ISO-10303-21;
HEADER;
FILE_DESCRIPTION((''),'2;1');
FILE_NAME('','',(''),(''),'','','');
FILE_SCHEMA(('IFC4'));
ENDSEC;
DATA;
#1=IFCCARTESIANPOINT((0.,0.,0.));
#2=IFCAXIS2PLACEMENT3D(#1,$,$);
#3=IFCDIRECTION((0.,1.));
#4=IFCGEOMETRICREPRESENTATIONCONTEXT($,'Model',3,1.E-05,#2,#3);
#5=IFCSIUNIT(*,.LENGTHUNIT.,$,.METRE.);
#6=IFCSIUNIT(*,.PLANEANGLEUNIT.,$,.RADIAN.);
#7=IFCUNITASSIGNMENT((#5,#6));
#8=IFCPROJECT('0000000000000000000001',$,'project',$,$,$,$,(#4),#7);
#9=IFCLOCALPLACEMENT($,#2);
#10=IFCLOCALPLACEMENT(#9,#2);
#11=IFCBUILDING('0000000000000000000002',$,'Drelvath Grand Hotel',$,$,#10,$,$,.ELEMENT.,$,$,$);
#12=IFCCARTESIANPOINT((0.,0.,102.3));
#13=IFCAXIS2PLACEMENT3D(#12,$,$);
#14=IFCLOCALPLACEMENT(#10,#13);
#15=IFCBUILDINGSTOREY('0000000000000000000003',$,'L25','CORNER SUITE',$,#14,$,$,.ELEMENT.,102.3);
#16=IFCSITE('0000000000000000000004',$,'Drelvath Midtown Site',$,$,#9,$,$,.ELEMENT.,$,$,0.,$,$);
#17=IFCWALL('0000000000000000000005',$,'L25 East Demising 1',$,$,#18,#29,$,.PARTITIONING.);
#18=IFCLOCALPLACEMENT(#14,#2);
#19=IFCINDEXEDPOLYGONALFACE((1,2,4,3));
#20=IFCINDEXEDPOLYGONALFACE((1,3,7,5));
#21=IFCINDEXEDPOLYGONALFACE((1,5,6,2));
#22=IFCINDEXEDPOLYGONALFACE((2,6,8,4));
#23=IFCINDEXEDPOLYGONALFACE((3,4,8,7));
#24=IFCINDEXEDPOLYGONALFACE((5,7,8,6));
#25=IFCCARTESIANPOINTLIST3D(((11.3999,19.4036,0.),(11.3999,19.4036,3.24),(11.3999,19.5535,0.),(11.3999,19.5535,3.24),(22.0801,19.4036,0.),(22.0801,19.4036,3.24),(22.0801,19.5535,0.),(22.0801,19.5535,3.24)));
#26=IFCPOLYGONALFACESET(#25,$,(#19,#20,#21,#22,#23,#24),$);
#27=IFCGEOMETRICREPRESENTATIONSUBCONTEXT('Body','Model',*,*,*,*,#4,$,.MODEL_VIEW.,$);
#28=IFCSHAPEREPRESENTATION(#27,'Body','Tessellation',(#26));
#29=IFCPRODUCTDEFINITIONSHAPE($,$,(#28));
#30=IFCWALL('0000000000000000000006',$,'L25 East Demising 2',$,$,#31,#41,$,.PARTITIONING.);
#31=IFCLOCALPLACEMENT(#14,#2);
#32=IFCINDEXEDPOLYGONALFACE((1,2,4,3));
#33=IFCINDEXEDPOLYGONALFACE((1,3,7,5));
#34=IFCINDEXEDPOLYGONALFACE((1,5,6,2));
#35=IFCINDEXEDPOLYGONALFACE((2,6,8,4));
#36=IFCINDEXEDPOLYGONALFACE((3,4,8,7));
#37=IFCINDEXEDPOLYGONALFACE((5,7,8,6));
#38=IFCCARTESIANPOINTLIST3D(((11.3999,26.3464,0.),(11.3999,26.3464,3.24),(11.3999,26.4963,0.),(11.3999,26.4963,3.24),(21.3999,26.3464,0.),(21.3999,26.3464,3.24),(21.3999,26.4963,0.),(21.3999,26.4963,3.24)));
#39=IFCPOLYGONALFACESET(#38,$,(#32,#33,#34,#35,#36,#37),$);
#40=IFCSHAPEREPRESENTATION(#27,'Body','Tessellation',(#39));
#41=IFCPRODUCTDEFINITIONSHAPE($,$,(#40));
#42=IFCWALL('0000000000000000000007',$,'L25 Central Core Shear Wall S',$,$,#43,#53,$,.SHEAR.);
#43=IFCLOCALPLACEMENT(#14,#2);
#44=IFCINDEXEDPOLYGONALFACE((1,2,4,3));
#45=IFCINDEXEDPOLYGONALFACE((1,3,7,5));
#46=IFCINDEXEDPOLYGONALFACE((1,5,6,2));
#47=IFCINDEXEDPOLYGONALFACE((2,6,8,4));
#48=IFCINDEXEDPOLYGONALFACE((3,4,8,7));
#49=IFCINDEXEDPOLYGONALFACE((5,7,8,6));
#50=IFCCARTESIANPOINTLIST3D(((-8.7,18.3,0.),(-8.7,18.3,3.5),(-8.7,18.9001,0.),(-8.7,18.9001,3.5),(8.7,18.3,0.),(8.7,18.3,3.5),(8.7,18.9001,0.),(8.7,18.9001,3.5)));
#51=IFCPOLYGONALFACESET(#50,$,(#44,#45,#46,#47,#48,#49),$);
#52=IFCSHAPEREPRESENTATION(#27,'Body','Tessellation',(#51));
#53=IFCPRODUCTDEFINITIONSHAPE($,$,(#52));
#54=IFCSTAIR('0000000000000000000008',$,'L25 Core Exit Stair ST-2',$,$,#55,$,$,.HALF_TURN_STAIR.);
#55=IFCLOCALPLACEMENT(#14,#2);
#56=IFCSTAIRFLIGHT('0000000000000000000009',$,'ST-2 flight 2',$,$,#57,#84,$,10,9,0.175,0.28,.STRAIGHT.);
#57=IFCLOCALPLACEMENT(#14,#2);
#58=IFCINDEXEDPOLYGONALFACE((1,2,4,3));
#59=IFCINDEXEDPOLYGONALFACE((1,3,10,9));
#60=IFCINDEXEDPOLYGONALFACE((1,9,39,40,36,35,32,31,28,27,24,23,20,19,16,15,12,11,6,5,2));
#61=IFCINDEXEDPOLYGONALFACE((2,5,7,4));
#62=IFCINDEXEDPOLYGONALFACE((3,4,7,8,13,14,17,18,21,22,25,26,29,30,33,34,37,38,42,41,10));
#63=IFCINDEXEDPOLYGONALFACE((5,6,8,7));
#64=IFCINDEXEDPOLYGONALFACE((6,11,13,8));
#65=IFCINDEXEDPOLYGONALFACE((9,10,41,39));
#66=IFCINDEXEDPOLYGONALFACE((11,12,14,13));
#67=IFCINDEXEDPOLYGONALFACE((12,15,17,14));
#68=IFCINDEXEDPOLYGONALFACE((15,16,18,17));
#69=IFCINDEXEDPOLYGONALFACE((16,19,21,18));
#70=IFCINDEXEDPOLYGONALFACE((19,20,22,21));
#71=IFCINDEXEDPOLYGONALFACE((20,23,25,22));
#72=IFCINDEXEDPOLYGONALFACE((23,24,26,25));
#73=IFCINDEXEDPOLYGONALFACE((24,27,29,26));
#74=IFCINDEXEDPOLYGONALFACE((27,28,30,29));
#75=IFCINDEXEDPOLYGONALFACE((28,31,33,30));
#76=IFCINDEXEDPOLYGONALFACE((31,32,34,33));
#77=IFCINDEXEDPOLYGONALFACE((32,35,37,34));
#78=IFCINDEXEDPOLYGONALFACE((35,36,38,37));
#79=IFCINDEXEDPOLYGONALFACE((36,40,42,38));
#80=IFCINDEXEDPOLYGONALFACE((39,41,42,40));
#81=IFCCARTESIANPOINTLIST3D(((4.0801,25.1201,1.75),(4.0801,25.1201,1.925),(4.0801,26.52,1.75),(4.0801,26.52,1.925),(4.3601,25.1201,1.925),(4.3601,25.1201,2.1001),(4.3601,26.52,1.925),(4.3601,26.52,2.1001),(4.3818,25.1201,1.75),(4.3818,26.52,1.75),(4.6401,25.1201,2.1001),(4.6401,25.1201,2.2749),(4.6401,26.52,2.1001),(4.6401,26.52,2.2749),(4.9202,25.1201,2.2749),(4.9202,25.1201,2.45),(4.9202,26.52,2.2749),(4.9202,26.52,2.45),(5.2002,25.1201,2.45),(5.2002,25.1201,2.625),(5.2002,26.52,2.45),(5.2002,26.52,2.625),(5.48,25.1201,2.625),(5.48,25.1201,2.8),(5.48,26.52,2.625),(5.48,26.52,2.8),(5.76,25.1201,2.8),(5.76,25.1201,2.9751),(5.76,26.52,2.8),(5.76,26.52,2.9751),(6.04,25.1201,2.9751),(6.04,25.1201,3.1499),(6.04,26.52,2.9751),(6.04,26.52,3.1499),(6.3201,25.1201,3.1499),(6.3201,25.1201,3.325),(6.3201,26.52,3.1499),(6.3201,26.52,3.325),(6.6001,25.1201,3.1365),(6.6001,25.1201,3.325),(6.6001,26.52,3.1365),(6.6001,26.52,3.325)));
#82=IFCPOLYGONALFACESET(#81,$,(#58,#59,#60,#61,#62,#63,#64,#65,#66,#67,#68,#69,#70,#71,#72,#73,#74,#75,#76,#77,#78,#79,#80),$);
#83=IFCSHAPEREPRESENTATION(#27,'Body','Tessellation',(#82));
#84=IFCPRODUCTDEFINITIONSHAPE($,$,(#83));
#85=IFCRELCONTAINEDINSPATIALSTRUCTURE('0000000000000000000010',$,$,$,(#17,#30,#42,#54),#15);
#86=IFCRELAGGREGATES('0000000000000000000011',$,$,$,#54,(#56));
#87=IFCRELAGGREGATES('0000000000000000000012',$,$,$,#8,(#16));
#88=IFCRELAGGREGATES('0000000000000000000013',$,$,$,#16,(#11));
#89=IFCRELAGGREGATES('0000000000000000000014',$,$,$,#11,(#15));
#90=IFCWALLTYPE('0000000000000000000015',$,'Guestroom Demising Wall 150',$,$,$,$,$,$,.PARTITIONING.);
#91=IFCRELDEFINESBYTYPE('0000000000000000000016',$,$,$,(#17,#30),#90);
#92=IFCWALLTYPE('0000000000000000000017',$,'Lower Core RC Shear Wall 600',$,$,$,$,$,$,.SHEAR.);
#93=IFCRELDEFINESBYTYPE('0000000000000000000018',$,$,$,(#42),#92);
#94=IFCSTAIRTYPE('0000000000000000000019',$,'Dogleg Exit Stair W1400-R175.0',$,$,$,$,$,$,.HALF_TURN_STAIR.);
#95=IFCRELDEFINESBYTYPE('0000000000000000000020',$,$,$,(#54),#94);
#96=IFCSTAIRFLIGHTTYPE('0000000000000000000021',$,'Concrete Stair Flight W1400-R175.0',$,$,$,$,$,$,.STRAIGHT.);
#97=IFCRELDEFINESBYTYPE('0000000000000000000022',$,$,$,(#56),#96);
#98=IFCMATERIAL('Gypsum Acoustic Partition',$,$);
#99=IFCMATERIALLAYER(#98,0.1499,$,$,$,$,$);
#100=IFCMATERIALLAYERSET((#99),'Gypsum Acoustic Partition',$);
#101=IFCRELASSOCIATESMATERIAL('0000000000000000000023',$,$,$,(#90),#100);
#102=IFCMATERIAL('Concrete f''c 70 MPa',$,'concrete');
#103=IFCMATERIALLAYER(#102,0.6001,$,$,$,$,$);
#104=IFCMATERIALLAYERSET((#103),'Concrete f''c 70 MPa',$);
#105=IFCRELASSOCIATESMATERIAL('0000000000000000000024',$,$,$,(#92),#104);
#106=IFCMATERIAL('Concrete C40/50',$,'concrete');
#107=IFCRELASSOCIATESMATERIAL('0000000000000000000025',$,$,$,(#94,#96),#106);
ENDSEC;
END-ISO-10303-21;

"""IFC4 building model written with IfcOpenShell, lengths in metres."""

from ifc_helpers import new_model, si_unit, direction, frame, frame_2d, origin, place, context, subcontext, project, spatial, polyline, rectangle, outline, extrude, material, layer, layer_set, type_object, element, aggregate, save


model = new_model("IFC4")

# Units and contexts
model_context = context("Model", 3, precision=1e-05, world=origin(), true_north=direction((0.0, 1.0)))
body_context = subcontext(model_context, "Body", "Model", "MODEL_VIEW")
ifc_project = project(units=[si_unit("LENGTHUNIT", "METRE"), si_unit("PLANEANGLEUNIT", "RADIAN")], contexts=[model_context])

# Site, building, storey
site_placement = place(None, origin())
site = spatial("IfcSite", under=ifc_project, at=site_placement, Name="Drelvath Midtown Site", CompositionType="ELEMENT", RefElevation=0.0)
building_placement = place(site_placement, origin())
building = spatial("IfcBuilding", under=site, at=building_placement, Name="Drelvath Grand Hotel", CompositionType="ELEMENT")
storey_placement = place(building_placement, frame((0.0, 0.0, 102.3)))
storey = spatial("IfcBuildingStorey", under=building, at=storey_placement, Name="L25", Description="CORNER SUITE", CompositionType="ELEMENT", Elevation=102.3)

# Shared definitions
ifc_material_1 = material(Name="Concrete f'c 70 MPa", Category="concrete")

# Shared definitions
ifc_material_2 = material(Name="Concrete C40/50", Category="concrete")

# Walls
ifc_material_3 = material(Name="Gypsum Acoustic Partition")
ifc_layer_1 = layer(ifc_material_3, 0.1499)
ifc_layer_set_1 = layer_set([ifc_layer_1], Name="Gypsum Acoustic Partition")
wall_type_1 = type_object("IfcWallType", Name="Guestroom Demising Wall 150", PredefinedType="PARTITIONING", material=ifc_layer_set_1)
wall_1_placement = place(storey_placement, frame((11.3999, 19.4785, 0.0), z_axis=(0.0, 0.0, 1.0), x_axis=(1.0, 0.0, 0.0)))
element("IfcWall", 1, at=wall_1_placement, inside=storey, type_object=wall_type_1, Name="L25 East Demising 1", PredefinedType="PARTITIONING", context=body_context, shape_type="SweptSolid", body=[
    extrude(rectangle(XDim=10.6802, YDim=0.1499, at=frame_2d((5.3401, 0.0))), origin(), (0.0, 0.0, 1.0), 3.24),
])
wall_2_placement = place(storey_placement, frame((11.3999, 26.4214, 0.0), z_axis=(0.0, 0.0, 1.0), x_axis=(1.0, 0.0, 0.0)))
element("IfcWall", 2, at=wall_2_placement, inside=storey, type_object=wall_type_1, Name="L25 East Demising 2", PredefinedType="PARTITIONING", context=body_context, shape_type="SweptSolid", body=[
    extrude(rectangle(XDim=10.0, YDim=0.1499, at=frame_2d((5.0, 0.0))), origin(), (0.0, 0.0, 1.0), 3.24),
])
ifc_layer_2 = layer(ifc_material_1, 0.6001)
ifc_layer_set_2 = layer_set([ifc_layer_2], Name="Concrete f'c 70 MPa")
wall_type_2 = type_object("IfcWallType", Name="Lower Core RC Shear Wall 600", PredefinedType="SHEAR", material=ifc_layer_set_2)
wall_3_placement = place(storey_placement, frame((8.7, 18.6001, 0.0), z_axis=(0.0, 0.0, 1.0), x_axis=(-1.0, 0.0, 0.0)))
element("IfcWall", 3, at=wall_3_placement, inside=storey, type_object=wall_type_2, Name="L25 Central Core Shear Wall S", PredefinedType="SHEAR", context=body_context, shape_type="SweptSolid", body=[
    extrude(rectangle(XDim=17.3999, YDim=0.6001, at=frame_2d((8.7, 0.0))), origin(), (0.0, 0.0, 1.0), 3.5),
])

# Stair, stair flight
stair_type = type_object("IfcStairType", Name="Dogleg Exit Stair W1400-R175.0", PredefinedType="HALF_TURN_STAIR", material=ifc_material_2)
stair_placement = place(storey_placement, origin())
stair = element("IfcStair", 4, at=stair_placement, inside=storey, type_object=stair_type, Name="L25 Core Exit Stair ST-2", PredefinedType="HALF_TURN_STAIR")
stair_flight_type = type_object("IfcStairFlightType", Name="Concrete Stair Flight W1400-R175.0", PredefinedType="STRAIGHT", material=ifc_material_2)
stair_flight_placement = place(storey_placement, frame((4.0801, 25.8201, 1.75), z_axis=(0.0, 0.0, 1.0), x_axis=(1.0, 0.0, 0.0)))
stair_flight = element("IfcStairFlight", 5, at=stair_flight_placement, type_object=stair_flight_type, Name="ST-2 flight 2", NumberOfRisers=10, NumberOfTreads=9, PredefinedType="STRAIGHT", RiserHeight=0.175, TreadLength=0.28, context=body_context, shape_type="SweptSolid", body=[
    extrude(outline(polyline([(0.0, 0.0), (0.0, 0.175), (0.28, 0.175), (0.28, 0.3501), (0.5601, 0.3501), (0.5601, 0.5249), (0.8401, 0.5249), (0.8401, 0.7), (1.1201, 0.7), (1.1201, 0.875), (1.3999, 0.875), (1.3999, 1.05), (1.6799, 1.05), (1.6799, 1.2251), (1.96, 1.2251), (1.96, 1.3999), (2.24, 1.3999), (2.24, 1.575), (2.52, 1.575), (2.52, 1.75), (2.52, 1.3865), (0.3018, 0.0), (0.0, 0.0)])), frame((0.0, 0.7, 0.0), z_axis=(0.0, -1.0, 0.0), x_axis=(1.0, 0.0, 0.0)), (0.0, 0.0, 1.0), 1.3999),
])
aggregate(stair, [stair_flight])

save(model, "model.ifc")
